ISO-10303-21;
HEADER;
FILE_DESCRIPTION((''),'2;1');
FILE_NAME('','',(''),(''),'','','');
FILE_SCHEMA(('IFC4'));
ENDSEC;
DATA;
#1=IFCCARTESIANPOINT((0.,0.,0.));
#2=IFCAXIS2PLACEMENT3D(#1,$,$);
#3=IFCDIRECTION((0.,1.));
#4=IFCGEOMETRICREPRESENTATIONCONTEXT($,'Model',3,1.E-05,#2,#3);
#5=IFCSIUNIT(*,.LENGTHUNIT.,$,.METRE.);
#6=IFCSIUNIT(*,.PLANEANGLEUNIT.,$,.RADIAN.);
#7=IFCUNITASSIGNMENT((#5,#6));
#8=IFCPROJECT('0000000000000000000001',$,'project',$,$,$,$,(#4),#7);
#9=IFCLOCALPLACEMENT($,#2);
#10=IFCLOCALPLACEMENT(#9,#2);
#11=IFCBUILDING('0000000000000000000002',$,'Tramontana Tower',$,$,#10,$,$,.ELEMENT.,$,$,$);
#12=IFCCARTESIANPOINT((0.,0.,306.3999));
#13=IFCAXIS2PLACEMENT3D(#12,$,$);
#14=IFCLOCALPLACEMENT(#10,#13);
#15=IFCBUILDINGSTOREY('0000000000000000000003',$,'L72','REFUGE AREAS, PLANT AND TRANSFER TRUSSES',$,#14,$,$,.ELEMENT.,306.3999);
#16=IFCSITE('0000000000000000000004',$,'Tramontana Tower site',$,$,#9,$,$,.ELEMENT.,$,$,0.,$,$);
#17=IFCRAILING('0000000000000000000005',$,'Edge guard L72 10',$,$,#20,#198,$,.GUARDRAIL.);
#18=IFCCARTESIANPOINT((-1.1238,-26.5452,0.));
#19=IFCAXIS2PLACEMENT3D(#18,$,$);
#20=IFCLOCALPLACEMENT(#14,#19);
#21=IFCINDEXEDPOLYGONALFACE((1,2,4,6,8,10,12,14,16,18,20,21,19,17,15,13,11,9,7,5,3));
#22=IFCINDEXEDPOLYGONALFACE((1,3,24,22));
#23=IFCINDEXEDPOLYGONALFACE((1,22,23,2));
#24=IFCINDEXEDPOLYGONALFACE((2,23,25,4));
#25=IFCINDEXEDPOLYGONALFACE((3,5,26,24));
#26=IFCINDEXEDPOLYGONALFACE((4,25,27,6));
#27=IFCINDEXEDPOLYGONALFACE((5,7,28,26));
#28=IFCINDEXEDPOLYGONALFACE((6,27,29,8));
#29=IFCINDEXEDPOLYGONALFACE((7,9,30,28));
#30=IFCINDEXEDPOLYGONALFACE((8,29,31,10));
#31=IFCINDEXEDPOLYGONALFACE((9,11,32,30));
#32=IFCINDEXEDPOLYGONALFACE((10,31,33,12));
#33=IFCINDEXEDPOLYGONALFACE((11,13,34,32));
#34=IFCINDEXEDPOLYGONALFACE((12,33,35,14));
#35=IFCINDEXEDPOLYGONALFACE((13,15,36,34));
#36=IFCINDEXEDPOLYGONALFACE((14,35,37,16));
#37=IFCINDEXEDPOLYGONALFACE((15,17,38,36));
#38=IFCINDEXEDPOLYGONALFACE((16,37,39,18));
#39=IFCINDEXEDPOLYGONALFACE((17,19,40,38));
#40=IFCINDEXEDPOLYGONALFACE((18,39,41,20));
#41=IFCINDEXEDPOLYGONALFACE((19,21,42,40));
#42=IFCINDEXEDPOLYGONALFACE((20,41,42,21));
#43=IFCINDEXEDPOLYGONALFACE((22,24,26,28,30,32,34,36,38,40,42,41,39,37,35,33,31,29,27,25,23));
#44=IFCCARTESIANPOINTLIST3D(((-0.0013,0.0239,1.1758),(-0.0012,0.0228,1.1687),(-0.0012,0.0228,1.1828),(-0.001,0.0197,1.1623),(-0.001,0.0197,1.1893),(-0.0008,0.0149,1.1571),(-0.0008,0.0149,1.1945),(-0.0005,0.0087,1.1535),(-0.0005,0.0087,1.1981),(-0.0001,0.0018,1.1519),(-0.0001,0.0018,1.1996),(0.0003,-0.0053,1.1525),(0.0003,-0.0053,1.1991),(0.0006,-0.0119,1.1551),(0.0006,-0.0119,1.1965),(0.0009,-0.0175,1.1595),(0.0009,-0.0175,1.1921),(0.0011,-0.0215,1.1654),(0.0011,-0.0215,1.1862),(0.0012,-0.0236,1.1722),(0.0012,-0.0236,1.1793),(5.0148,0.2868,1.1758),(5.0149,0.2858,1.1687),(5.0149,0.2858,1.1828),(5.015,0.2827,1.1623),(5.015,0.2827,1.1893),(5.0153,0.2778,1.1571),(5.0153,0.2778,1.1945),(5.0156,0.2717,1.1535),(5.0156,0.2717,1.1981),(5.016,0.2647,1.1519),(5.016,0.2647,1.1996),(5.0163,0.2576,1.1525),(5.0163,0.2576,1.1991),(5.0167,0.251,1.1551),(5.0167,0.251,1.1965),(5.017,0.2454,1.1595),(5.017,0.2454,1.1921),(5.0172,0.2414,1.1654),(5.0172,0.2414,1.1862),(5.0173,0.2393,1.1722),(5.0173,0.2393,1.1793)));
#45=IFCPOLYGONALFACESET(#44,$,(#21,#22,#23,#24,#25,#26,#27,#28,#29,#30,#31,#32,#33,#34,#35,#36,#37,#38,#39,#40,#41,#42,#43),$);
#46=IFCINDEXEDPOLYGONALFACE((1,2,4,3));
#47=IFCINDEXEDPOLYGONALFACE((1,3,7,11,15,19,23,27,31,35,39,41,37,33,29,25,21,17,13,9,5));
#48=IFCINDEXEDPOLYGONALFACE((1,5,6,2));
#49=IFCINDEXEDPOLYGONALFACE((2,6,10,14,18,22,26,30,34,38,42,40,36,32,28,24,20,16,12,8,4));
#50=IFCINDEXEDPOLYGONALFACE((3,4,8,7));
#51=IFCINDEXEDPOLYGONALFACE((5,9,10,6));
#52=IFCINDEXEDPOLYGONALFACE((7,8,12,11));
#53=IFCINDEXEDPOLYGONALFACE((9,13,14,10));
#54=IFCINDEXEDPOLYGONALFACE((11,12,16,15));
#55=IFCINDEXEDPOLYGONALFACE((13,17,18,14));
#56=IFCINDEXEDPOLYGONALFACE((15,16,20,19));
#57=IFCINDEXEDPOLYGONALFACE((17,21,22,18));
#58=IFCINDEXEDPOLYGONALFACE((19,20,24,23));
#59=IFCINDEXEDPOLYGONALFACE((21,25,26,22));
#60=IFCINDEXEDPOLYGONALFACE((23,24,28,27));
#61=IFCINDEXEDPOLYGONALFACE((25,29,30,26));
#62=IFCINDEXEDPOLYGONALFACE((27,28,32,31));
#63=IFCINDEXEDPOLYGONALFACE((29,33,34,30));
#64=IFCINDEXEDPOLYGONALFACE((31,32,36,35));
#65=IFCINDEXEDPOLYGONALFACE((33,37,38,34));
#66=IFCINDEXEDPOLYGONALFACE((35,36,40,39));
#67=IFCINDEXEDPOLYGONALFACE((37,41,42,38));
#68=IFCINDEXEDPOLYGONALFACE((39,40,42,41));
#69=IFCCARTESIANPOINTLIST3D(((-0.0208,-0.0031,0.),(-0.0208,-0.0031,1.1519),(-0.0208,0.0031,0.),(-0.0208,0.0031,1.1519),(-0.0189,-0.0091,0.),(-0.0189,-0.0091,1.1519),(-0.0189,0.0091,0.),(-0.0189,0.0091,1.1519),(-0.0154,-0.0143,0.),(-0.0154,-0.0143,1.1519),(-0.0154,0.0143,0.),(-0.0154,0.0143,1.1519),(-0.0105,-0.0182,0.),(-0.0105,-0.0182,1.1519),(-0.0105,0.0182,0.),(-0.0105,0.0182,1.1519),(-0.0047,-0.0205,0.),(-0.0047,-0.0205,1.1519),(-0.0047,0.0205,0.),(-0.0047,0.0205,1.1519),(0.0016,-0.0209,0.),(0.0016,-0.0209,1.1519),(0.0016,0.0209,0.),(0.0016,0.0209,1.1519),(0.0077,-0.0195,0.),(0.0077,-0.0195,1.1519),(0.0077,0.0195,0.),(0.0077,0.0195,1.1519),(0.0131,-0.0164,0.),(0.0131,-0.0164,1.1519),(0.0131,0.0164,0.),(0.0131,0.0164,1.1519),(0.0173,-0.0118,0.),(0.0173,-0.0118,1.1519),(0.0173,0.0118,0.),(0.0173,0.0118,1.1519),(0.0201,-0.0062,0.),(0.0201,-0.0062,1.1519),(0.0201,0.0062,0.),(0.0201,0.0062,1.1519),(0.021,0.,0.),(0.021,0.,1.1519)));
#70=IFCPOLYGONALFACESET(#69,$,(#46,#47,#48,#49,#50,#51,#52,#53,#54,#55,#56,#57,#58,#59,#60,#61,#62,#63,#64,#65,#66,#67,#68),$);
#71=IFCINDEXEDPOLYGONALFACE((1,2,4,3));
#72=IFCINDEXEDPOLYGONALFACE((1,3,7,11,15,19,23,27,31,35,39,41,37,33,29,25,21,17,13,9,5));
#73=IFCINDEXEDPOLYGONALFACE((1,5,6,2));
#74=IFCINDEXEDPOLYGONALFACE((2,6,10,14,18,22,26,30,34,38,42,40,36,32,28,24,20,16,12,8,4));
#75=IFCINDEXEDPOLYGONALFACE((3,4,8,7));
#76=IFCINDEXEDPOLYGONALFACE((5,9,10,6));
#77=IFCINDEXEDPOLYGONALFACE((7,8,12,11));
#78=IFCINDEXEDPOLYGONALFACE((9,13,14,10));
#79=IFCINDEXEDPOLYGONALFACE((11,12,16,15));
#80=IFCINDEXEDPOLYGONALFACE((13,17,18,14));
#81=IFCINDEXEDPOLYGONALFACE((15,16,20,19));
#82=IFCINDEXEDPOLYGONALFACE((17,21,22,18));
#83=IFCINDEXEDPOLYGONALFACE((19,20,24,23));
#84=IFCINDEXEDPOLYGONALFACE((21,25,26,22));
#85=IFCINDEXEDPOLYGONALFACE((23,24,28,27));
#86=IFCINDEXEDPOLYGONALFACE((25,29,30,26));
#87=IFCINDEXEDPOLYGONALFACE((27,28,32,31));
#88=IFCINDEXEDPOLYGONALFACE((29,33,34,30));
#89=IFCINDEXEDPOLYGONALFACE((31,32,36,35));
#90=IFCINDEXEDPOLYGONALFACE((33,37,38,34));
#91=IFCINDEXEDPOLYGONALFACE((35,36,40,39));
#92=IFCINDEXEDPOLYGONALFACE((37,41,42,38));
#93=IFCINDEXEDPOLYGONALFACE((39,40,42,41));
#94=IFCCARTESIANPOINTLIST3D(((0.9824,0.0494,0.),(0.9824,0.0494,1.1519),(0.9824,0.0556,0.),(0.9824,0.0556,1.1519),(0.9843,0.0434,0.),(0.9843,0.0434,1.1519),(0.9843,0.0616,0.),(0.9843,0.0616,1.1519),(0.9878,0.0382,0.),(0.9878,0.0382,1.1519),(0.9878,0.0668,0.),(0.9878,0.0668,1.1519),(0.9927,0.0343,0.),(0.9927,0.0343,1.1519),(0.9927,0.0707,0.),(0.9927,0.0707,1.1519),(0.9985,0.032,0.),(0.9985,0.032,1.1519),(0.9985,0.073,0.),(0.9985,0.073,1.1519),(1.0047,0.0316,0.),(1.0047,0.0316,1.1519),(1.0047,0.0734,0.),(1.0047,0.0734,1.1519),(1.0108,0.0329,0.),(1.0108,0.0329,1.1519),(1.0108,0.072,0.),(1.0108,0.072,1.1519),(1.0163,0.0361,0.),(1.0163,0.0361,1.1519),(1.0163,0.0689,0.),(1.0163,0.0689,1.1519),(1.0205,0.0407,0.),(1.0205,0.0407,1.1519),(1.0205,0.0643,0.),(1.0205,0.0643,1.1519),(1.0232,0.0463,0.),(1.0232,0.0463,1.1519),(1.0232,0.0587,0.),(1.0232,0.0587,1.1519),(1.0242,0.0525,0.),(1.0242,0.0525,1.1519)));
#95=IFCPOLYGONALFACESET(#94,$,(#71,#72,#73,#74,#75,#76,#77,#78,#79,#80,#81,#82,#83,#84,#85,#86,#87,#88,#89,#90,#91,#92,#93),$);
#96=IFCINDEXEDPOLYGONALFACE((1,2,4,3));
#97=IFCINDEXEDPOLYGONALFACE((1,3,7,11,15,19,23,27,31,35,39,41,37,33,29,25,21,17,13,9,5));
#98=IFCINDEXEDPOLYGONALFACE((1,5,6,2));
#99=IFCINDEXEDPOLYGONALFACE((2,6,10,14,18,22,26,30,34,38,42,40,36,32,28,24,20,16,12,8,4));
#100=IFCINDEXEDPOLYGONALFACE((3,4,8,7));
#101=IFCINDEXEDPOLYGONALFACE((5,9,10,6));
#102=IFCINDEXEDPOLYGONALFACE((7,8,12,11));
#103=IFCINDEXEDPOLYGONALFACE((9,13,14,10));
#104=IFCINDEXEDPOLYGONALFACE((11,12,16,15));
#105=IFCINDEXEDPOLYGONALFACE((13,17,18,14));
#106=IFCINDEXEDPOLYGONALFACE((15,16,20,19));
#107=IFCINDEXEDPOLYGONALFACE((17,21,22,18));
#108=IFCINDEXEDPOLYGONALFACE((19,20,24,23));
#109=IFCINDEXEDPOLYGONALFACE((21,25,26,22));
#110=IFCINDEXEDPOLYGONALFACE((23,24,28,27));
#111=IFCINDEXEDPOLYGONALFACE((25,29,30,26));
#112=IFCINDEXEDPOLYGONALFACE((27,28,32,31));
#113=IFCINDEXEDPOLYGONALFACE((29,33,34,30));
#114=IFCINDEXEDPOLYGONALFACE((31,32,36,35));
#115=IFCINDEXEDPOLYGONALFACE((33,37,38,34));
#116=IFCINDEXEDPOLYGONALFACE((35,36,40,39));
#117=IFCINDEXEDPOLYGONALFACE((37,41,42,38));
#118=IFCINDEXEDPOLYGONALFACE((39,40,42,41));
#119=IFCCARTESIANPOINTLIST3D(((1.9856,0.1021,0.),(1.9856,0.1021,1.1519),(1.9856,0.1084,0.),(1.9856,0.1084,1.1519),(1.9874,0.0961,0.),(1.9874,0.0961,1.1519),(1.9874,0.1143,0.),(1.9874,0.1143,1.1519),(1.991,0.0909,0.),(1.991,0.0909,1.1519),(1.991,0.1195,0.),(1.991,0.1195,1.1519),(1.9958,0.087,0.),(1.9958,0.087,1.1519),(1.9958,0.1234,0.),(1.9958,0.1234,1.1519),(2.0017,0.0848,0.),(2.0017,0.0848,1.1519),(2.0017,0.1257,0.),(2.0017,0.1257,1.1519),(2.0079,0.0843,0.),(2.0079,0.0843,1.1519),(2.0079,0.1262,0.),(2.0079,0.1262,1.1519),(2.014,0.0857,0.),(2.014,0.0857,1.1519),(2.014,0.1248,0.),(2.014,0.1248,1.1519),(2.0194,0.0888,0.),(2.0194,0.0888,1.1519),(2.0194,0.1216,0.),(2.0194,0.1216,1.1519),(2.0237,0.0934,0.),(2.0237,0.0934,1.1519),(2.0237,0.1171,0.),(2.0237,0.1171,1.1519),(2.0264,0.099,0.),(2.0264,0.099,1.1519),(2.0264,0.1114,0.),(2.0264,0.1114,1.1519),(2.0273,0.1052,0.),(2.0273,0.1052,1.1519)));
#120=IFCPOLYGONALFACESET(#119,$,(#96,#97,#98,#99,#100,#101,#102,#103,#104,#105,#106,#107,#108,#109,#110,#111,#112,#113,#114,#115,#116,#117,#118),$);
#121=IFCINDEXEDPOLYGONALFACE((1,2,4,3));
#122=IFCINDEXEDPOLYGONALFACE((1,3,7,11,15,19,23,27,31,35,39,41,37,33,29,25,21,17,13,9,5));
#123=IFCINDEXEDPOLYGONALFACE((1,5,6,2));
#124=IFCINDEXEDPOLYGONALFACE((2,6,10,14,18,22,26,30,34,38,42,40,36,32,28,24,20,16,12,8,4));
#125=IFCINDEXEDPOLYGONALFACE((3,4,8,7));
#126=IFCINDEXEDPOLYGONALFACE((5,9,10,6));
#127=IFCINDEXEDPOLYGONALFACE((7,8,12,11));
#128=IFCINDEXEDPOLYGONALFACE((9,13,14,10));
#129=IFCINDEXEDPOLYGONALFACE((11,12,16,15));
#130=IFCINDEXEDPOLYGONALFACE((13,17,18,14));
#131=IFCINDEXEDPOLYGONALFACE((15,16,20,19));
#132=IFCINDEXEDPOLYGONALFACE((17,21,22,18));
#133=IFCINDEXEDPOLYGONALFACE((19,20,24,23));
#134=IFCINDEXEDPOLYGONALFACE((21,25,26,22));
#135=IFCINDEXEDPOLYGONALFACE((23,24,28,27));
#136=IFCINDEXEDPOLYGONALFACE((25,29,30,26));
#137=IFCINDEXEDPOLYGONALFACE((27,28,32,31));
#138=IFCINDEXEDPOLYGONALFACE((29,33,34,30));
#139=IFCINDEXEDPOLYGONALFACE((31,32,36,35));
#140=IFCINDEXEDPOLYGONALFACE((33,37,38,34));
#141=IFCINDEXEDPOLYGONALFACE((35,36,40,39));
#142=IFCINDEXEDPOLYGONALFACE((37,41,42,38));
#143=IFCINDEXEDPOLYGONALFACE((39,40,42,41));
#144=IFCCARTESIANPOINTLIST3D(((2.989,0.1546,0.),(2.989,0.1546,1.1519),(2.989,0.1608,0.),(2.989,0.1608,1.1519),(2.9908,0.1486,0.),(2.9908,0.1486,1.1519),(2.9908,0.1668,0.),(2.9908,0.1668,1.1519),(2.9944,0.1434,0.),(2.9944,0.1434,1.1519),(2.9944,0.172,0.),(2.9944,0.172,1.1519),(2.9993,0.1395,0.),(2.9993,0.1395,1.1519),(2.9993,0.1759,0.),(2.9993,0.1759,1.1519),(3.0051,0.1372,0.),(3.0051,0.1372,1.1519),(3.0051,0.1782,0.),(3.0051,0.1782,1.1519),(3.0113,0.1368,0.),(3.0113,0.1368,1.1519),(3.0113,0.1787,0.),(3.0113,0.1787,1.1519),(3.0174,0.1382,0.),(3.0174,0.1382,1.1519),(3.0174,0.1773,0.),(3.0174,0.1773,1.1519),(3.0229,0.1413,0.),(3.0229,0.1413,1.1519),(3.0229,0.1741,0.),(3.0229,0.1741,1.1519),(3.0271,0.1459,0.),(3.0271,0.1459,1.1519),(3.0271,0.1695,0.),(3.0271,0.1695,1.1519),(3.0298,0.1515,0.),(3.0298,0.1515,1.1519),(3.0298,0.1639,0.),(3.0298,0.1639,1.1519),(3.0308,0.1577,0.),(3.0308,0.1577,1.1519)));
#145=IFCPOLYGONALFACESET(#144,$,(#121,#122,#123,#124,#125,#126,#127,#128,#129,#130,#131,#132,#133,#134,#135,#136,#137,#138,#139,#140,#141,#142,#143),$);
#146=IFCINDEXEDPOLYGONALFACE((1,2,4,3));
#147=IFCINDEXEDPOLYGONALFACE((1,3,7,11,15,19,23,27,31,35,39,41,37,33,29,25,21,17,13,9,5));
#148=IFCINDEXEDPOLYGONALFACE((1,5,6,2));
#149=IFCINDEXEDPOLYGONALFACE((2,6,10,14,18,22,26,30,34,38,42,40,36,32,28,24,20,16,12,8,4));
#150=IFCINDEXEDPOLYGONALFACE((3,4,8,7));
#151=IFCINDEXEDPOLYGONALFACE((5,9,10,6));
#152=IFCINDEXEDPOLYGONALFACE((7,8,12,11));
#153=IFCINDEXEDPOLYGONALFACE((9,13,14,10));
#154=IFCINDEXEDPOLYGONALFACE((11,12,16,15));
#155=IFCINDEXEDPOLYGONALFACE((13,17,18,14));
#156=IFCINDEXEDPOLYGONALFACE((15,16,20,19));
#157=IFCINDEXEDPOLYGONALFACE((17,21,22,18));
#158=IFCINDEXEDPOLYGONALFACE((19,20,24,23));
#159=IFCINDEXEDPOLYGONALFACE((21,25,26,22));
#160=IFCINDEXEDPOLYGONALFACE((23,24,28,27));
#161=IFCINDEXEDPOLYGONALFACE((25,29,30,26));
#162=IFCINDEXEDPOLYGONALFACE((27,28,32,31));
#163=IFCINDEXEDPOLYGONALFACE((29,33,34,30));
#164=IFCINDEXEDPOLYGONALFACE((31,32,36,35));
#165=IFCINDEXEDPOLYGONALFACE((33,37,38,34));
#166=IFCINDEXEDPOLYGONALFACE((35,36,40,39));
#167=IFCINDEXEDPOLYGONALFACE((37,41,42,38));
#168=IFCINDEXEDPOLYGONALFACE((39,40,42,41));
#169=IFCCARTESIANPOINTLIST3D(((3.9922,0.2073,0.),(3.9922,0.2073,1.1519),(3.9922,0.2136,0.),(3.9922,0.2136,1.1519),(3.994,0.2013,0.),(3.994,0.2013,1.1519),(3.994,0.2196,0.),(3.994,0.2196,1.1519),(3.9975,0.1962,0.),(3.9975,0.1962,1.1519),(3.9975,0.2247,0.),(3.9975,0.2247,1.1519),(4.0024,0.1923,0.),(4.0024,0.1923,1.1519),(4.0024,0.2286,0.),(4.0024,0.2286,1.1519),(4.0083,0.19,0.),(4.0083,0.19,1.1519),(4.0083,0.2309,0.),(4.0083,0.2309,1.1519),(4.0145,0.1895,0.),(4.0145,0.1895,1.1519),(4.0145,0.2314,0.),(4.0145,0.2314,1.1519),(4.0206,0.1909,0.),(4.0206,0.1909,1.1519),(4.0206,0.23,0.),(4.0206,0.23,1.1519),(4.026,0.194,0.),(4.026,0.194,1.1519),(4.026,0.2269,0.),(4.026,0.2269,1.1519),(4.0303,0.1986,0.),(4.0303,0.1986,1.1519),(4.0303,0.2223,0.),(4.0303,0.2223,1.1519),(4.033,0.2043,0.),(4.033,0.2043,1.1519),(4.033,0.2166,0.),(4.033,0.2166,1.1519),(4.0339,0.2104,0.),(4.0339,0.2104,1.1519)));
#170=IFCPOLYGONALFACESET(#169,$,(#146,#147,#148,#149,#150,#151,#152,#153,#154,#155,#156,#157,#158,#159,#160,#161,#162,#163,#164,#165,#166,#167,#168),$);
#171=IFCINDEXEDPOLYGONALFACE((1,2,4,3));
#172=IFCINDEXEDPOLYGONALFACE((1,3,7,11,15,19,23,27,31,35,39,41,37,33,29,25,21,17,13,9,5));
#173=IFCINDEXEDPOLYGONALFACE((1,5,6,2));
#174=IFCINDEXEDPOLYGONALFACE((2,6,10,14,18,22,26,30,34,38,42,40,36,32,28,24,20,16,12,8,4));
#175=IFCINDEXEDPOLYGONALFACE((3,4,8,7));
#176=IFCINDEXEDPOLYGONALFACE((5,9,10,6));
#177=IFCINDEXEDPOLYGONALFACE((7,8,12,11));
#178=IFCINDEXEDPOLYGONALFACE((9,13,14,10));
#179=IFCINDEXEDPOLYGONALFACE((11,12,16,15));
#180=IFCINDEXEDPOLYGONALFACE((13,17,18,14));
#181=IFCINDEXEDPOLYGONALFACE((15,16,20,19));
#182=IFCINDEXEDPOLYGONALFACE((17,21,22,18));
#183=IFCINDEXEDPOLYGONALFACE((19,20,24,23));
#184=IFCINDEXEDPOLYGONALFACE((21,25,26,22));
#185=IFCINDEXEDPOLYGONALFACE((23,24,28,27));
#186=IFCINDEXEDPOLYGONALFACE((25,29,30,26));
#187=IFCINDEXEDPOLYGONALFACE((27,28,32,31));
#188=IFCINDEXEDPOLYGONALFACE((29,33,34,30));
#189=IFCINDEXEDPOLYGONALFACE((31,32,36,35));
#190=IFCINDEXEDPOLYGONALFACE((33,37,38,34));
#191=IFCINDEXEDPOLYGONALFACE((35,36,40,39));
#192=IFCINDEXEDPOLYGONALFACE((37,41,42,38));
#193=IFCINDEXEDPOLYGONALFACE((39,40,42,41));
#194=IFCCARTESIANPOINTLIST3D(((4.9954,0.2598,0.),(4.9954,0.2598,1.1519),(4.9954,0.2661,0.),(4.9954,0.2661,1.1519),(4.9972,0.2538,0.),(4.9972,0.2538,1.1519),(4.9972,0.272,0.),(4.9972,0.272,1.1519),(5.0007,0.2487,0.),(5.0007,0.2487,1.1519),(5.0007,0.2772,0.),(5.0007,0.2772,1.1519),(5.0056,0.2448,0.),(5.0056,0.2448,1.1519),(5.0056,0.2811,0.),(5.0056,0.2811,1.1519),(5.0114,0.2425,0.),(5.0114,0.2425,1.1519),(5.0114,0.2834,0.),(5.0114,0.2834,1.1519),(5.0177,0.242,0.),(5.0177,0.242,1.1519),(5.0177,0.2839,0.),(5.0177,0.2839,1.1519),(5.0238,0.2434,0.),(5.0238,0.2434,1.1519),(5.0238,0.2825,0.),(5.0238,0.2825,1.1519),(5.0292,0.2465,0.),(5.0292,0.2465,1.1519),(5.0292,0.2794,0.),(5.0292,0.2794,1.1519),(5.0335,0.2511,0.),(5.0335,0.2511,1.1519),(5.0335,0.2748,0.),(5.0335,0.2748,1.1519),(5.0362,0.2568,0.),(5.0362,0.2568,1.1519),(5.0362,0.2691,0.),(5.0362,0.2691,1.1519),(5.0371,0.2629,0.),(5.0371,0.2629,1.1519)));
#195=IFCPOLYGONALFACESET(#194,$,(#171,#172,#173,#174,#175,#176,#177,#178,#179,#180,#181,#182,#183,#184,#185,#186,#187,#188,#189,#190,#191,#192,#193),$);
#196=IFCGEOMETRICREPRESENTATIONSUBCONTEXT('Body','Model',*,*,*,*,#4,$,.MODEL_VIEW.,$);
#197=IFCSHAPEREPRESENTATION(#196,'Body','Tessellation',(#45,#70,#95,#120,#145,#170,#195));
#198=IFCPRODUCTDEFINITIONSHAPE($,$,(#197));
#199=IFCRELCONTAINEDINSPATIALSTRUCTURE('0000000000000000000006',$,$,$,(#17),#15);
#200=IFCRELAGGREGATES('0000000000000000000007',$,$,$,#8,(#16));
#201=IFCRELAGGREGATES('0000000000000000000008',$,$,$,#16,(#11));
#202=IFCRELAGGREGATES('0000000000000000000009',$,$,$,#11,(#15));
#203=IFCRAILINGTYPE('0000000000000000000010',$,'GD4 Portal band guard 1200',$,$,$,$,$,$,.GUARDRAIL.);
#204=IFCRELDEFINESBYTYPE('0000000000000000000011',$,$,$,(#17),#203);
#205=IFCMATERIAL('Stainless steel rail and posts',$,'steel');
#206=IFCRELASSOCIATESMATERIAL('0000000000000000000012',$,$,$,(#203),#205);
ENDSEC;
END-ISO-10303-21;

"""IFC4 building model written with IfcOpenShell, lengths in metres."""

from ifc_helpers import new_model, si_unit, direction, frame, origin, origin_2d, place, context, subcontext, project, spatial, circle, extrude, material, type_object, element, save


model = new_model("IFC4")

# Units and contexts
model_context = context("Model", 3, precision=1e-05, world=origin(), true_north=direction((0.0, 1.0)))
body_context = subcontext(model_context, "Body", "Model", "MODEL_VIEW")
ifc_project = project(units=[si_unit("LENGTHUNIT", "METRE"), si_unit("PLANEANGLEUNIT", "RADIAN")], contexts=[model_context])

# Site, building, storey
site_placement = place(None, origin())
site = spatial("IfcSite", under=ifc_project, at=site_placement, Name="Tramontana Tower site", CompositionType="ELEMENT", RefElevation=0.0)
building_placement = place(site_placement, origin())
building = spatial("IfcBuilding", under=site, at=building_placement, Name="Tramontana Tower", CompositionType="ELEMENT")
storey_placement = place(building_placement, frame((0.0, 0.0, 306.3999)))
storey = spatial("IfcBuildingStorey", under=building, at=storey_placement, Name="L72", Description="REFUGE AREAS, PLANT AND TRANSFER TRUSSES", CompositionType="ELEMENT", Elevation=306.3999)

# Railing
ifc_material_1 = material(Name="Stainless steel rail and posts", Category="steel")
railing_type = type_object("IfcRailingType", Name="GD4 Portal band guard 1200", PredefinedType="GUARDRAIL", material=ifc_material_1)
railing_1_placement = place(storey_placement, frame((-1.1238, -26.5452, 0.0)))
element("IfcRailing", 1, at=railing_1_placement, inside=storey, type_object=railing_type, Name="Edge guard L72 10", PredefinedType="GUARDRAIL", context=body_context, shape_type="SweptSolid", body=[
    extrude(circle(Radius=0.0239, at=origin_2d()), frame((0.0, 0.0, 1.1758), z_axis=(0.998629, 0.052347, 0.0), x_axis=(-0.052347, 0.998629, 0.0)), (0.0, 0.0, 1.0), 5.0229),
    extrude(circle(Radius=0.021, at=origin_2d()), origin(), (0.0, 0.0, 1.0), 1.1519),
    extrude(circle(Radius=0.021, at=origin_2d()), frame((1.0032, 0.0525, 0.0)), (0.0, 0.0, 1.0), 1.1519),
    extrude(circle(Radius=0.021, at=origin_2d()), frame((2.0063, 0.1052, 0.0)), (0.0, 0.0, 1.0), 1.1519),
    extrude(circle(Radius=0.021, at=origin_2d()), frame((3.0098, 0.1577, 0.0)), (0.0, 0.0, 1.0), 1.1519),
    extrude(circle(Radius=0.021, at=origin_2d()), frame((4.0129, 0.2104, 0.0)), (0.0, 0.0, 1.0), 1.1519),
    extrude(circle(Radius=0.021, at=origin_2d()), frame((5.0161, 0.2629, 0.0)), (0.0, 0.0, 1.0), 1.1519),
])

save(model, "model.ifc")
